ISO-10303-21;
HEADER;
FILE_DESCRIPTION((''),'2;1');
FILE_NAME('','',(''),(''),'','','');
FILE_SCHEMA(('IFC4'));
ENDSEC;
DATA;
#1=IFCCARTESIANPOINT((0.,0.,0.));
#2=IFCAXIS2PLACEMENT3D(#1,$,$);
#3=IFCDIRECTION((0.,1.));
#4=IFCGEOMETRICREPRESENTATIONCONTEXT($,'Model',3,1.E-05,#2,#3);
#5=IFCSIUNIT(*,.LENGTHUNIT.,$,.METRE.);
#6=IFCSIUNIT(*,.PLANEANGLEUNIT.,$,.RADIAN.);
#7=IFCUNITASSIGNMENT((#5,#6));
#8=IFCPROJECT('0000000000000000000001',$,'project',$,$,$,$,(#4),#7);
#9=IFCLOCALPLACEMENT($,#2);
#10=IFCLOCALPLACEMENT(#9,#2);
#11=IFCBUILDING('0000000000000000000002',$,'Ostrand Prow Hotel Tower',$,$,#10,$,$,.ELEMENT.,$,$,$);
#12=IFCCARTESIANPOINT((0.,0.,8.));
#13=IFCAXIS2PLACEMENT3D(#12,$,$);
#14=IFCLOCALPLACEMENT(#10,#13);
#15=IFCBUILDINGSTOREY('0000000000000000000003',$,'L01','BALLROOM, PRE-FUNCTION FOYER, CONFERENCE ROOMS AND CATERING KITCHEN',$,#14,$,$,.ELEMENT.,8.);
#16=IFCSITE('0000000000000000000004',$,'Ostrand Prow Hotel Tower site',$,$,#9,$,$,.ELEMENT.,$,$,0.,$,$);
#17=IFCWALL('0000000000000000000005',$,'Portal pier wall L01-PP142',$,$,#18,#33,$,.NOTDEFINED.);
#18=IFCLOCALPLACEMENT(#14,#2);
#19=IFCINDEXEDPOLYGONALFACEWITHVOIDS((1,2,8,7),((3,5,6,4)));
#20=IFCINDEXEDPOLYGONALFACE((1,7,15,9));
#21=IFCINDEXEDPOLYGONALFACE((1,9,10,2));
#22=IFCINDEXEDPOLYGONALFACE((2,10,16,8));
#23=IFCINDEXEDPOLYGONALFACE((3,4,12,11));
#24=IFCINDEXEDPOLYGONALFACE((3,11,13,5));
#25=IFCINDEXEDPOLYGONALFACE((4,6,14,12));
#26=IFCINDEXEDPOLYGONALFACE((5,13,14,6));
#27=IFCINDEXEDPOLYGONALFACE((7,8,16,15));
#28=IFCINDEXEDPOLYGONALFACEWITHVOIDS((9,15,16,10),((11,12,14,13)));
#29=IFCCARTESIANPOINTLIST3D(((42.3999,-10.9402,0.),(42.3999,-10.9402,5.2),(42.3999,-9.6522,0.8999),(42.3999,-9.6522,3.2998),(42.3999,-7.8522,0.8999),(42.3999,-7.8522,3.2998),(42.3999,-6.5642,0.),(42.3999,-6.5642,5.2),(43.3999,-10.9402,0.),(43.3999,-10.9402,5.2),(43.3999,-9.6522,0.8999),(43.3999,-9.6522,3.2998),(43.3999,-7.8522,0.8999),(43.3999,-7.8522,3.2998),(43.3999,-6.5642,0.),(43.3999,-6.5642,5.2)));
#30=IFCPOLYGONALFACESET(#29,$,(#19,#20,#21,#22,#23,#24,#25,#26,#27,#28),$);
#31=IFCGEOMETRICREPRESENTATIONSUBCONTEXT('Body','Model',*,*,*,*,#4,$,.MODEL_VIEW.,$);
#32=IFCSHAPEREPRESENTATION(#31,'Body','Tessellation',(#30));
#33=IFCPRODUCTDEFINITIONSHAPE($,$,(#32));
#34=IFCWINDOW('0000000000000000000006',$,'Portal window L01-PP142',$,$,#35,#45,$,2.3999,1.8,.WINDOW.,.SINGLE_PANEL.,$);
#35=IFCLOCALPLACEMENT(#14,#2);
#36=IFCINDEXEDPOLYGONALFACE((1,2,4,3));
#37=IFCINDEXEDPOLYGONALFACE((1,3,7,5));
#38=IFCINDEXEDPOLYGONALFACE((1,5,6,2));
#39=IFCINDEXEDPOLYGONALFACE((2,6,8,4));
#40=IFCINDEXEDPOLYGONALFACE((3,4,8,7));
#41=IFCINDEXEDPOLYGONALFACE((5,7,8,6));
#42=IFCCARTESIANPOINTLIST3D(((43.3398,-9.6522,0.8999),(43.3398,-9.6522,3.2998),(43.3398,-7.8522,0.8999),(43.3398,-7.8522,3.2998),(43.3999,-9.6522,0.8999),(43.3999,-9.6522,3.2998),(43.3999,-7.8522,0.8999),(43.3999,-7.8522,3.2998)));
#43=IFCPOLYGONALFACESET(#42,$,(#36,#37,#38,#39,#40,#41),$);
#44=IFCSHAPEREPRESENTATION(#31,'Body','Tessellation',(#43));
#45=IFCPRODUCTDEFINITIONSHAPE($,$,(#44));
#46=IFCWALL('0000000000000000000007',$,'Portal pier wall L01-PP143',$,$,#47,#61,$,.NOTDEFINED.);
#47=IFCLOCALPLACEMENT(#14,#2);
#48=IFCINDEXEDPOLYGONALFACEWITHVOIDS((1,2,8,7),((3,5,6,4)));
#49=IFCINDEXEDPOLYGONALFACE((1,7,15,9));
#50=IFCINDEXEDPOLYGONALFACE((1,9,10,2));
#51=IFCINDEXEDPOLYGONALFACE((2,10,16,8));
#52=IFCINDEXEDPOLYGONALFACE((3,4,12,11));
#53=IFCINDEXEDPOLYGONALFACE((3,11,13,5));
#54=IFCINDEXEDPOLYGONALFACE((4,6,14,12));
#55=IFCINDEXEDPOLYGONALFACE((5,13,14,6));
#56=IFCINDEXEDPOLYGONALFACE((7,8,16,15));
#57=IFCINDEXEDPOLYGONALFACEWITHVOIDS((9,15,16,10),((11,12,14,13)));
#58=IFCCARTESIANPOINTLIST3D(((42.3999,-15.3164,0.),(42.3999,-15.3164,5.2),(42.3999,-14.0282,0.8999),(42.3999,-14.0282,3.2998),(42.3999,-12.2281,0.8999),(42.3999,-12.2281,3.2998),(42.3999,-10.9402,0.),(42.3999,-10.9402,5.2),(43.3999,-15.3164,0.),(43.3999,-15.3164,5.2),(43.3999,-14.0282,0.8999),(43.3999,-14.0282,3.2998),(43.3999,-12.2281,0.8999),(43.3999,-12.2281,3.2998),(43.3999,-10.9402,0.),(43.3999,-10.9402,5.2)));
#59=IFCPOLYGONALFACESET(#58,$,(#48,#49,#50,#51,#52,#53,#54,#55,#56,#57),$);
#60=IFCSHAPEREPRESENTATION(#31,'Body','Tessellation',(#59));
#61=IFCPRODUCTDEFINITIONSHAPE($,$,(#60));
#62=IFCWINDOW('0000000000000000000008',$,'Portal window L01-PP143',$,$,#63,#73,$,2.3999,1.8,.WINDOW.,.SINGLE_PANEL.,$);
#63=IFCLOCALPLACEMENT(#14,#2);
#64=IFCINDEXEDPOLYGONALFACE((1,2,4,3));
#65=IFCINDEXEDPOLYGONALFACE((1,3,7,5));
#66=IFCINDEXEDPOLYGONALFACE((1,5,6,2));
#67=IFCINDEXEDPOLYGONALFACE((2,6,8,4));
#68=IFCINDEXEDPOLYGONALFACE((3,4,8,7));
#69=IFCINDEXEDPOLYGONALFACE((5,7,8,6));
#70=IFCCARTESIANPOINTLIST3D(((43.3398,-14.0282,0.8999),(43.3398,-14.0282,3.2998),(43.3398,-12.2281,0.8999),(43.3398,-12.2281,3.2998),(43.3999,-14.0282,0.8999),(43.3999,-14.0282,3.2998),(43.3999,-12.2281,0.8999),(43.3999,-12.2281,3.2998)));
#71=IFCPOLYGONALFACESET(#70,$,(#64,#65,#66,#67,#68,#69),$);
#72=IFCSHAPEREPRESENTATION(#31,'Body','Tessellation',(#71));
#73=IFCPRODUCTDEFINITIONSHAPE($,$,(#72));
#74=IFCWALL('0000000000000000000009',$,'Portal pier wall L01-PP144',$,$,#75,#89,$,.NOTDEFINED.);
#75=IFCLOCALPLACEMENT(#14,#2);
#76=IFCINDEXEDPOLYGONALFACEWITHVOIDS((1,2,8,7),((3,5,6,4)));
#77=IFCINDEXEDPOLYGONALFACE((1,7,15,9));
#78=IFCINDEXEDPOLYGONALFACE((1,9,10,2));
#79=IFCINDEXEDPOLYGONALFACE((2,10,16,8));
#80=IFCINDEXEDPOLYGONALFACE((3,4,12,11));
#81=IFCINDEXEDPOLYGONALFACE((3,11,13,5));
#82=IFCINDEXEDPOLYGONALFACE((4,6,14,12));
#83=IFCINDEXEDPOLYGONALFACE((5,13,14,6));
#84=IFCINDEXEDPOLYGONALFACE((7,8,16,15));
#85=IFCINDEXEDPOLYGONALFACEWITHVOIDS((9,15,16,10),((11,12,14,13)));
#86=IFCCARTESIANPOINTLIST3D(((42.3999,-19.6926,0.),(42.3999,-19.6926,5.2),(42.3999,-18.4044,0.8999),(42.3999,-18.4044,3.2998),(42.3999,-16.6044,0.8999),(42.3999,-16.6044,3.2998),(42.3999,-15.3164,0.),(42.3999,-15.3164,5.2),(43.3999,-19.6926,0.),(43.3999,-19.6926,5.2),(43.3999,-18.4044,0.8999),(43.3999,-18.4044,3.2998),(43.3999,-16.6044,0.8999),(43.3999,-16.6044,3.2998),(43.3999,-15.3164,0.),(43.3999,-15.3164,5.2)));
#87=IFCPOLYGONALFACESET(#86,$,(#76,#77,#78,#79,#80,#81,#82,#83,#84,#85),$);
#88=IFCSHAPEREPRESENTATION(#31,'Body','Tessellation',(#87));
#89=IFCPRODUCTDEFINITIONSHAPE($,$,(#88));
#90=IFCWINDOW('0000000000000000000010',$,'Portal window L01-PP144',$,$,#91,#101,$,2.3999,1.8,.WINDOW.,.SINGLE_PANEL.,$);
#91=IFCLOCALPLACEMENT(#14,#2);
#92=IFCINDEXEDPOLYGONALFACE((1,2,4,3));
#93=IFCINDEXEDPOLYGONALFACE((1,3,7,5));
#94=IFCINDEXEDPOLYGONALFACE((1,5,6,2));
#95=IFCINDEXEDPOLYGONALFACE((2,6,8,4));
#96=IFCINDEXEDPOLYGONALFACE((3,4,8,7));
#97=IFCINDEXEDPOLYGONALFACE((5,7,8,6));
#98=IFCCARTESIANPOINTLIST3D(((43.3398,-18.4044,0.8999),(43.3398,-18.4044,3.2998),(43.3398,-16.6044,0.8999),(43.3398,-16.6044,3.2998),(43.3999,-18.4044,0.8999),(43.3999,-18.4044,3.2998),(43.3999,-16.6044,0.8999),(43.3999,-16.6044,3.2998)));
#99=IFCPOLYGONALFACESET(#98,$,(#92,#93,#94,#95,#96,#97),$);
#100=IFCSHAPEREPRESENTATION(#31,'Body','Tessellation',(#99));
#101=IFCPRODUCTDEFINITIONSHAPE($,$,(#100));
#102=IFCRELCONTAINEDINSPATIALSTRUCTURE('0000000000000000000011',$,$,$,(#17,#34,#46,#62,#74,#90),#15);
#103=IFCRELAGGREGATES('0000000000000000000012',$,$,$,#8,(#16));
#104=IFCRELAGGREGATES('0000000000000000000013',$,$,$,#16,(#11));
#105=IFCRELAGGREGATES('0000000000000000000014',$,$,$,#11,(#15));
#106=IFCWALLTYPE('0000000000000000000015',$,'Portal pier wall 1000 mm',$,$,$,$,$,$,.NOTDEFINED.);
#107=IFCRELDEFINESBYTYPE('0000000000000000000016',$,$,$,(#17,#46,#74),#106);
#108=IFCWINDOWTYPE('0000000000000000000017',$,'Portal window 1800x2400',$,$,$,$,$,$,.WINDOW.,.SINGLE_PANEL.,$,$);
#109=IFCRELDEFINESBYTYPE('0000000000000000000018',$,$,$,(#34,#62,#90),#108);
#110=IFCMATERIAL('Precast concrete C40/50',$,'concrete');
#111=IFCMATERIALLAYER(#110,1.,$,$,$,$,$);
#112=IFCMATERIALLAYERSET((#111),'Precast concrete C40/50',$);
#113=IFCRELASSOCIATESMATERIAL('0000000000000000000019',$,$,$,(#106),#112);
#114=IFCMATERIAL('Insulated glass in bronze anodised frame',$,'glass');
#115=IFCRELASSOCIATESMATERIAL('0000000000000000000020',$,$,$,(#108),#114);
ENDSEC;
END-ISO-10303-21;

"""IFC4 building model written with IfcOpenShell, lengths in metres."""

from ifc_helpers import new_model, si_unit, direction, frame, frame_2d, origin, place, context, subcontext, project, spatial, polyline, rectangle, outline, extrude, material, layer, layer_set, type_object, element, fill, save


model = new_model("IFC4")

# Units and contexts
model_context = context("Model", 3, precision=1e-05, world=origin(), true_north=direction((0.0, 1.0)))
body_context = subcontext(model_context, "Body", "Model", "MODEL_VIEW")
ifc_project = project(units=[si_unit("LENGTHUNIT", "METRE"), si_unit("PLANEANGLEUNIT", "RADIAN")], contexts=[model_context])

# Site, building, storey
site_placement = place(None, origin())
site = spatial("IfcSite", under=ifc_project, at=site_placement, Name="Ostrand Prow Hotel Tower site", CompositionType="ELEMENT", RefElevation=0.0)
building_placement = place(site_placement, origin())
building = spatial("IfcBuilding", under=site, at=building_placement, Name="Ostrand Prow Hotel Tower", CompositionType="ELEMENT")
storey_placement = place(building_placement, frame((0.0, 0.0, 8.0)))
storey = spatial("IfcBuildingStorey", under=building, at=storey_placement, Name="L01", Description="BALLROOM, PRE-FUNCTION FOYER, CONFERENCE ROOMS AND CATERING KITCHEN", CompositionType="ELEMENT", Elevation=8.0)

# Walls, openings, windows
ifc_material_1 = material(Name="Precast concrete C40/50", Category="concrete")
ifc_layer_1 = layer(ifc_material_1, 1.0)
ifc_layer_set_1 = layer_set([ifc_layer_1], Name="Precast concrete C40/50")
wall_type_1 = type_object("IfcWallType", Name="Portal pier wall 1000 mm", PredefinedType="NOTDEFINED", material=ifc_layer_set_1)
ifc_material_2 = material(Name="Insulated glass in bronze anodised frame", Category="glass")
window_type = type_object("IfcWindowType", Name="Portal window 1800x2400", PartitioningType="SINGLE_PANEL", PredefinedType="WINDOW", material=ifc_material_2)
wall_1_placement = place(storey_placement, frame((42.8999, -6.5642, 0.0), z_axis=(0.0, 0.0, 1.0), x_axis=(0.0, -1.0, 0.0)))
wall_1 = element("IfcWall", 1, at=wall_1_placement, inside=storey, type_object=wall_type_1, Name="Portal pier wall L01-PP142", PredefinedType="NOTDEFINED", context=body_context, shape_type="SweptSolid", body=[
    extrude(outline(polyline([(0.0, -0.5), (4.376, -0.5), (4.376, 0.5), (0.0, 0.5), (0.0, -0.5)])), origin(), (0.0, 0.0, 1.0), 5.2),
])
opening_1_placement = place(wall_1_placement, frame((1.2881, 0.0, 0.8999)))
opening_1 = element("IfcOpeningElement", 2, at=opening_1_placement, cuts=wall_1, PredefinedType="OPENING", context=body_context, shape_type="SweptSolid", body=[
    extrude(rectangle(XDim=1.8, YDim=2.3999, at=frame_2d((0.8999, 1.2))), frame((0.0, 0.51, 0.0), z_axis=(0.0, -1.0, 0.0), x_axis=(1.0, 0.0, 0.0)), (0.0, 0.0, 1.0), 1.02),
])
window_1_placement = place(opening_1_placement, origin())
window_1 = element("IfcWindow", 3, at=window_1_placement, inside=storey, type_object=window_type, Name="Portal window L01-PP142", OverallHeight=2.3999, OverallWidth=1.8, PartitioningType="SINGLE_PANEL", PredefinedType="WINDOW", context=body_context, shape_type="SweptSolid", body=[
    extrude(rectangle(XDim=1.8, YDim=2.3999, at=frame_2d((0.8999, 1.2))), frame((0.0, 0.5, 0.0), z_axis=(0.0, -1.0, 0.0), x_axis=(1.0, 0.0, 0.0)), (0.0, 0.0, 1.0), 0.0601),
])
fill(opening_1, window_1)
wall_2_placement = place(storey_placement, frame((42.8999, -10.9402, 0.0), z_axis=(0.0, 0.0, 1.0), x_axis=(0.0, -1.0, 0.0)))
wall_2 = element("IfcWall", 4, at=wall_2_placement, inside=storey, type_object=wall_type_1, Name="Portal pier wall L01-PP143", PredefinedType="NOTDEFINED", context=body_context, shape_type="SweptSolid", body=[
    extrude(outline(polyline([(0.0, -0.5), (4.3762, -0.5), (4.3762, 0.5), (0.0, 0.5), (0.0, -0.5)])), origin(), (0.0, 0.0, 1.0), 5.2),
])
opening_2_placement = place(wall_2_placement, frame((1.2881, 0.0, 0.8999)))
opening_2 = element("IfcOpeningElement", 5, at=opening_2_placement, cuts=wall_2, PredefinedType="OPENING", context=body_context, shape_type="SweptSolid", body=[
    extrude(rectangle(XDim=1.8, YDim=2.3999, at=frame_2d((0.8999, 1.2))), frame((0.0, 0.51, 0.0), z_axis=(0.0, -1.0, 0.0), x_axis=(1.0, 0.0, 0.0)), (0.0, 0.0, 1.0), 1.02),
])
window_2_placement = place(opening_2_placement, origin())
window_2 = element("IfcWindow", 6, at=window_2_placement, inside=storey, type_object=window_type, Name="Portal window L01-PP143", OverallHeight=2.3999, OverallWidth=1.8, PartitioningType="SINGLE_PANEL", PredefinedType="WINDOW", context=body_context, shape_type="SweptSolid", body=[
    extrude(rectangle(XDim=1.8, YDim=2.3999, at=frame_2d((0.8999, 1.2))), frame((0.0, 0.5, 0.0), z_axis=(0.0, -1.0, 0.0), x_axis=(1.0, 0.0, 0.0)), (0.0, 0.0, 1.0), 0.0601),
])
fill(opening_2, window_2)
wall_3_placement = place(storey_placement, frame((42.8999, -15.3164, 0.0), z_axis=(0.0, 0.0, 1.0), x_axis=(0.0, -1.0, 0.0)))
wall_3 = element("IfcWall", 7, at=wall_3_placement, inside=storey, type_object=wall_type_1, Name="Portal pier wall L01-PP144", PredefinedType="NOTDEFINED", context=body_context, shape_type="SweptSolid", body=[
    extrude(outline(polyline([(0.0, -0.5), (4.3762, -0.5), (4.3762, 0.5), (0.0, 0.5), (0.0, -0.5)])), origin(), (0.0, 0.0, 1.0), 5.2),
])
opening_3_placement = place(wall_3_placement, frame((1.2881, 0.0, 0.8999)))
opening_3 = element("IfcOpeningElement", 8, at=opening_3_placement, cuts=wall_3, PredefinedType="OPENING", context=body_context, shape_type="SweptSolid", body=[
    extrude(rectangle(XDim=1.8, YDim=2.3999, at=frame_2d((0.8999, 1.2))), frame((0.0, 0.51, 0.0), z_axis=(0.0, -1.0, 0.0), x_axis=(1.0, 0.0, 0.0)), (0.0, 0.0, 1.0), 1.02),
])
window_3_placement = place(opening_3_placement, origin())
window_3 = element("IfcWindow", 9, at=window_3_placement, inside=storey, type_object=window_type, Name="Portal window L01-PP144", OverallHeight=2.3999, OverallWidth=1.8, PartitioningType="SINGLE_PANEL", PredefinedType="WINDOW", context=body_context, shape_type="SweptSolid", body=[
    extrude(rectangle(XDim=1.8, YDim=2.3999, at=frame_2d((0.8999, 1.2))), frame((0.0, 0.5, 0.0), z_axis=(0.0, -1.0, 0.0), x_axis=(1.0, 0.0, 0.0)), (0.0, 0.0, 1.0), 0.0601),
])
fill(opening_3, window_3)

save(model, "model.ifc")
